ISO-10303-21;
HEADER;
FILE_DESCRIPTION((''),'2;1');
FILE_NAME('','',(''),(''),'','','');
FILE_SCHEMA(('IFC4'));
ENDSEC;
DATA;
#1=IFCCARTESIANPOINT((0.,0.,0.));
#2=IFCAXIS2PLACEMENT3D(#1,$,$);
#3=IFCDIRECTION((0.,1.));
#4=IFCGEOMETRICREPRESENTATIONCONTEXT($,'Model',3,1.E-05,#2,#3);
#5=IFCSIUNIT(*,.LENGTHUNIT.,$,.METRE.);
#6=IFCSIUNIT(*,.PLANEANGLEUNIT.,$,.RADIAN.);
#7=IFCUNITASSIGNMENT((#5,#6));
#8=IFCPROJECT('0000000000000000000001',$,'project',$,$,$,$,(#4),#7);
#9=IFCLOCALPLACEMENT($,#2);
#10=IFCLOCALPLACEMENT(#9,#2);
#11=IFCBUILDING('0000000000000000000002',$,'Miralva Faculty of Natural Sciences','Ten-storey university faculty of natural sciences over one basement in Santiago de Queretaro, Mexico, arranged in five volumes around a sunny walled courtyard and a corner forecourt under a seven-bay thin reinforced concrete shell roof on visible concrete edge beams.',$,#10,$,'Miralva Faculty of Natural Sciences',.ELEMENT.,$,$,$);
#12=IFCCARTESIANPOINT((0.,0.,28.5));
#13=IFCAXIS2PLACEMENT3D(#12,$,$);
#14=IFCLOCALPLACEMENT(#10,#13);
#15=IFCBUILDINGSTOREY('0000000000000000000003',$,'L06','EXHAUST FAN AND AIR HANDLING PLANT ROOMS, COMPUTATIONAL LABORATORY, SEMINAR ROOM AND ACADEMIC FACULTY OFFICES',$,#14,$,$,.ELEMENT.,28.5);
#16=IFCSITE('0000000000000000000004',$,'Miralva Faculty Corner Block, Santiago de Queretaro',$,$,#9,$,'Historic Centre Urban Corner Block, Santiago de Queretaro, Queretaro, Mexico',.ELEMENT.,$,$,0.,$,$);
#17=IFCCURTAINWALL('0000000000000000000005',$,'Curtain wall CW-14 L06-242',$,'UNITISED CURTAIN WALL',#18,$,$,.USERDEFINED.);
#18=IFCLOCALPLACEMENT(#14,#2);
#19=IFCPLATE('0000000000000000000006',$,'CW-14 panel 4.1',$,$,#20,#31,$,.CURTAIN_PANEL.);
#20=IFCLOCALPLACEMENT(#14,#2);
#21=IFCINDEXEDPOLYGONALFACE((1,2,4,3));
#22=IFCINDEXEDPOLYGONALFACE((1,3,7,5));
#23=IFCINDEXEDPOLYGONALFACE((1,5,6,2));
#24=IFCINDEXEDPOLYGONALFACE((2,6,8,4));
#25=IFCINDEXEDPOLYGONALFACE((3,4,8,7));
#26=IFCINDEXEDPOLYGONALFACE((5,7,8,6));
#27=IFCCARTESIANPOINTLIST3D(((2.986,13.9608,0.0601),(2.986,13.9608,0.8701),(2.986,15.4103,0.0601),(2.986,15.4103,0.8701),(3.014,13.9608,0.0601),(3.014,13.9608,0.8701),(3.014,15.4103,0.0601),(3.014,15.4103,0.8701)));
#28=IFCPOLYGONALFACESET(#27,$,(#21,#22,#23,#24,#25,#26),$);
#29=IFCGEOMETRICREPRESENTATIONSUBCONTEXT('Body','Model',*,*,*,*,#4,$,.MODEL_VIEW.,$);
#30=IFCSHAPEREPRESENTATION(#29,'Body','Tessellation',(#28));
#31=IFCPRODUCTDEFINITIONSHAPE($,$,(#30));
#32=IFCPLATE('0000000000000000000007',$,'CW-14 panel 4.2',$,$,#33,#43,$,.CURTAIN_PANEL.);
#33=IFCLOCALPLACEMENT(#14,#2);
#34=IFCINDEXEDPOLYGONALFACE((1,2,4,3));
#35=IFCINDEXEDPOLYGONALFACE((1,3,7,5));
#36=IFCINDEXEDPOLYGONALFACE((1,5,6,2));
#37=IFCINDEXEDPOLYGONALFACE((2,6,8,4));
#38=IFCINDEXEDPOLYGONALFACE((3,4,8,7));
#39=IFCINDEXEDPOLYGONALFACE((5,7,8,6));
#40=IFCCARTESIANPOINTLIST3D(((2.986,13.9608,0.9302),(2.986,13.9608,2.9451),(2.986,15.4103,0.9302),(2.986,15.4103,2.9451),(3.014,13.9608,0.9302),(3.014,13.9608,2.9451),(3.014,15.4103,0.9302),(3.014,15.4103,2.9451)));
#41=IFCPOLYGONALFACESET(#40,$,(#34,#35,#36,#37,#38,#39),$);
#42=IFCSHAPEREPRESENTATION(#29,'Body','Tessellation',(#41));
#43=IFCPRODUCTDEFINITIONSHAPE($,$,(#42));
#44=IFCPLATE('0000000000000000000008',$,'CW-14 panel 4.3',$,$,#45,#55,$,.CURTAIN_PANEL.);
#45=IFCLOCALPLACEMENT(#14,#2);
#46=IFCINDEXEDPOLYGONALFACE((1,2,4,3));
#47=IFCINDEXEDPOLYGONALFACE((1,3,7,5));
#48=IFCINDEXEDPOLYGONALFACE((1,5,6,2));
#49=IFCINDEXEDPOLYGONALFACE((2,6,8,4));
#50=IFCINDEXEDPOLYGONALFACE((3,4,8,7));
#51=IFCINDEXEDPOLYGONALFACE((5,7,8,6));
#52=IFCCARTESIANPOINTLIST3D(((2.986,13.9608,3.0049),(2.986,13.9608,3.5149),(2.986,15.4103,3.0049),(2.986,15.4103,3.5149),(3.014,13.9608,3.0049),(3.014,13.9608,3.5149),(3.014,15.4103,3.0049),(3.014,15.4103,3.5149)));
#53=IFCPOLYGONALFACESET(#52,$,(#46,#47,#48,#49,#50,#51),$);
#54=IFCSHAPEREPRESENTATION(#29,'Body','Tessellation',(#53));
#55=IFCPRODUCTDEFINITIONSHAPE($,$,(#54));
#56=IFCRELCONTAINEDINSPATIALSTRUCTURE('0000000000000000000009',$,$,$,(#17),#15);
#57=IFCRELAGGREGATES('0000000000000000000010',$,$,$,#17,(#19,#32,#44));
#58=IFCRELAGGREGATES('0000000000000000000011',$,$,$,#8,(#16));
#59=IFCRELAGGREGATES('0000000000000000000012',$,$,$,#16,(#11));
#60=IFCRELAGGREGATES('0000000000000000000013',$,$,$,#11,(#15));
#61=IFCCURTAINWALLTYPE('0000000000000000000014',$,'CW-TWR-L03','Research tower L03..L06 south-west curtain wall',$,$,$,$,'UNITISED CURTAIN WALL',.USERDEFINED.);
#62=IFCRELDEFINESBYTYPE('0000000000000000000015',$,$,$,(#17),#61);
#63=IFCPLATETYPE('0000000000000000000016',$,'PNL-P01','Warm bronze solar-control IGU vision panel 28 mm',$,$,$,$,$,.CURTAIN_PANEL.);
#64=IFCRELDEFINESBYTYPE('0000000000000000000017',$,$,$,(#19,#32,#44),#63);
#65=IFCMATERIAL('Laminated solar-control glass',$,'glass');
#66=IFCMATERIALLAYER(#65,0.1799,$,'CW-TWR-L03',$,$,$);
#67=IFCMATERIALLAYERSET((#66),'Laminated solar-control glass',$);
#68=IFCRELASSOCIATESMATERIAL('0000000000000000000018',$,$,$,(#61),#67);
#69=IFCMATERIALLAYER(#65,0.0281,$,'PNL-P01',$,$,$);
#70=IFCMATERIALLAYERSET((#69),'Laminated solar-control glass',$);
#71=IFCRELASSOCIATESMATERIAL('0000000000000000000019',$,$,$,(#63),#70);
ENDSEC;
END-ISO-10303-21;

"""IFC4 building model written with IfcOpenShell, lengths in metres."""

from ifc_helpers import new_model, si_unit, direction, frame, origin, origin_2d, place, context, subcontext, project, spatial, rectangle, extrude, material, layer, layer_set, type_object, element, aggregate, save


model = new_model("IFC4")

# Units and contexts
model_context = context("Model", 3, precision=1e-05, world=origin(), true_north=direction((0.0, 1.0)))
body_context = subcontext(model_context, "Body", "Model", "MODEL_VIEW")
ifc_project = project(units=[si_unit("LENGTHUNIT", "METRE"), si_unit("PLANEANGLEUNIT", "RADIAN")], contexts=[model_context])

# Site, building, storey
site_placement = place(None, origin())
site = spatial("IfcSite", under=ifc_project, at=site_placement, Name="Miralva Faculty Corner Block, Santiago de Queretaro", LongName="Historic Centre Urban Corner Block, Santiago de Queretaro, Queretaro, Mexico", CompositionType="ELEMENT", RefElevation=0.0)
building_placement = place(site_placement, origin())
building = spatial("IfcBuilding", under=site, at=building_placement, Name="Miralva Faculty of Natural Sciences", Description="Ten-storey university faculty of natural sciences over one basement in Santiago de Queretaro, Mexico, arranged in five volumes around a sunny walled courtyard and a corner forecourt under a seven-bay thin reinforced concrete shell roof on visible concrete edge beams.", LongName="Miralva Faculty of Natural Sciences", CompositionType="ELEMENT")
storey_placement = place(building_placement, frame((0.0, 0.0, 28.5)))
storey = spatial("IfcBuildingStorey", under=building, at=storey_placement, Name="L06", Description="EXHAUST FAN AND AIR HANDLING PLANT ROOMS, COMPUTATIONAL LABORATORY, SEMINAR ROOM AND ACADEMIC FACULTY OFFICES", CompositionType="ELEMENT", Elevation=28.5)

# Curtain wall, plates
ifc_material_1 = material(Name="Laminated solar-control glass", Category="glass")
ifc_layer_1 = layer(ifc_material_1, 0.1799, Name="CW-TWR-L03")
ifc_layer_set_1 = layer_set([ifc_layer_1], Name="Laminated solar-control glass")
curtain_wall_type = type_object("IfcCurtainWallType", Name="CW-TWR-L03", Description="Research tower L03..L06 south-west curtain wall", ElementType="UNITISED CURTAIN WALL", PredefinedType="USERDEFINED", material=ifc_layer_set_1)
curtain_wall_placement = place(storey_placement, origin())
curtain_wall = element("IfcCurtainWall", 1, at=curtain_wall_placement, inside=storey, type_object=curtain_wall_type, Name="Curtain wall CW-14 L06-242", ObjectType="UNITISED CURTAIN WALL", PredefinedType="USERDEFINED")
ifc_layer_2 = layer(ifc_material_1, 0.0281, Name="PNL-P01")
ifc_layer_set_2 = layer_set([ifc_layer_2], Name="Laminated solar-control glass")
plate_type = type_object("IfcPlateType", Name="PNL-P01", Description="Warm bronze solar-control IGU vision panel 28 mm", PredefinedType="CURTAIN_PANEL", material=ifc_layer_set_2)
plate_1_placement = place(storey_placement, frame((3.0, 14.6855, 0.0601), z_axis=(0.0, 0.0, 1.0), x_axis=(0.0, 1.0, 0.0)))
plate_1 = element("IfcPlate", 2, at=plate_1_placement, type_object=plate_type, Name="CW-14 panel 4.1", PredefinedType="CURTAIN_PANEL", context=body_context, shape_type="SweptSolid", body=[
    extrude(rectangle(XDim=1.4495, YDim=0.0281, at=origin_2d()), origin(), (0.0, 0.0, 1.0), 0.8101),
])
plate_2_placement = place(storey_placement, frame((3.0, 14.6855, 0.9302), z_axis=(0.0, 0.0, 1.0), x_axis=(0.0, 1.0, 0.0)))
plate_2 = element("IfcPlate", 3, at=plate_2_placement, type_object=plate_type, Name="CW-14 panel 4.2", PredefinedType="CURTAIN_PANEL", context=body_context, shape_type="SweptSolid", body=[
    extrude(rectangle(XDim=1.4495, YDim=0.0281, at=origin_2d()), origin(), (0.0, 0.0, 1.0), 2.0149),
])
plate_3_placement = place(storey_placement, frame((3.0, 14.6855, 3.0049), z_axis=(0.0, 0.0, 1.0), x_axis=(0.0, 1.0, 0.0)))
plate_3 = element("IfcPlate", 4, at=plate_3_placement, type_object=plate_type, Name="CW-14 panel 4.3", PredefinedType="CURTAIN_PANEL", context=body_context, shape_type="SweptSolid", body=[
    extrude(rectangle(XDim=1.4495, YDim=0.0281, at=origin_2d()), origin(), (0.0, 0.0, 1.0), 0.51),
])
aggregate(curtain_wall, [plate_1, plate_2, plate_3])

save(model, "model.ifc")
